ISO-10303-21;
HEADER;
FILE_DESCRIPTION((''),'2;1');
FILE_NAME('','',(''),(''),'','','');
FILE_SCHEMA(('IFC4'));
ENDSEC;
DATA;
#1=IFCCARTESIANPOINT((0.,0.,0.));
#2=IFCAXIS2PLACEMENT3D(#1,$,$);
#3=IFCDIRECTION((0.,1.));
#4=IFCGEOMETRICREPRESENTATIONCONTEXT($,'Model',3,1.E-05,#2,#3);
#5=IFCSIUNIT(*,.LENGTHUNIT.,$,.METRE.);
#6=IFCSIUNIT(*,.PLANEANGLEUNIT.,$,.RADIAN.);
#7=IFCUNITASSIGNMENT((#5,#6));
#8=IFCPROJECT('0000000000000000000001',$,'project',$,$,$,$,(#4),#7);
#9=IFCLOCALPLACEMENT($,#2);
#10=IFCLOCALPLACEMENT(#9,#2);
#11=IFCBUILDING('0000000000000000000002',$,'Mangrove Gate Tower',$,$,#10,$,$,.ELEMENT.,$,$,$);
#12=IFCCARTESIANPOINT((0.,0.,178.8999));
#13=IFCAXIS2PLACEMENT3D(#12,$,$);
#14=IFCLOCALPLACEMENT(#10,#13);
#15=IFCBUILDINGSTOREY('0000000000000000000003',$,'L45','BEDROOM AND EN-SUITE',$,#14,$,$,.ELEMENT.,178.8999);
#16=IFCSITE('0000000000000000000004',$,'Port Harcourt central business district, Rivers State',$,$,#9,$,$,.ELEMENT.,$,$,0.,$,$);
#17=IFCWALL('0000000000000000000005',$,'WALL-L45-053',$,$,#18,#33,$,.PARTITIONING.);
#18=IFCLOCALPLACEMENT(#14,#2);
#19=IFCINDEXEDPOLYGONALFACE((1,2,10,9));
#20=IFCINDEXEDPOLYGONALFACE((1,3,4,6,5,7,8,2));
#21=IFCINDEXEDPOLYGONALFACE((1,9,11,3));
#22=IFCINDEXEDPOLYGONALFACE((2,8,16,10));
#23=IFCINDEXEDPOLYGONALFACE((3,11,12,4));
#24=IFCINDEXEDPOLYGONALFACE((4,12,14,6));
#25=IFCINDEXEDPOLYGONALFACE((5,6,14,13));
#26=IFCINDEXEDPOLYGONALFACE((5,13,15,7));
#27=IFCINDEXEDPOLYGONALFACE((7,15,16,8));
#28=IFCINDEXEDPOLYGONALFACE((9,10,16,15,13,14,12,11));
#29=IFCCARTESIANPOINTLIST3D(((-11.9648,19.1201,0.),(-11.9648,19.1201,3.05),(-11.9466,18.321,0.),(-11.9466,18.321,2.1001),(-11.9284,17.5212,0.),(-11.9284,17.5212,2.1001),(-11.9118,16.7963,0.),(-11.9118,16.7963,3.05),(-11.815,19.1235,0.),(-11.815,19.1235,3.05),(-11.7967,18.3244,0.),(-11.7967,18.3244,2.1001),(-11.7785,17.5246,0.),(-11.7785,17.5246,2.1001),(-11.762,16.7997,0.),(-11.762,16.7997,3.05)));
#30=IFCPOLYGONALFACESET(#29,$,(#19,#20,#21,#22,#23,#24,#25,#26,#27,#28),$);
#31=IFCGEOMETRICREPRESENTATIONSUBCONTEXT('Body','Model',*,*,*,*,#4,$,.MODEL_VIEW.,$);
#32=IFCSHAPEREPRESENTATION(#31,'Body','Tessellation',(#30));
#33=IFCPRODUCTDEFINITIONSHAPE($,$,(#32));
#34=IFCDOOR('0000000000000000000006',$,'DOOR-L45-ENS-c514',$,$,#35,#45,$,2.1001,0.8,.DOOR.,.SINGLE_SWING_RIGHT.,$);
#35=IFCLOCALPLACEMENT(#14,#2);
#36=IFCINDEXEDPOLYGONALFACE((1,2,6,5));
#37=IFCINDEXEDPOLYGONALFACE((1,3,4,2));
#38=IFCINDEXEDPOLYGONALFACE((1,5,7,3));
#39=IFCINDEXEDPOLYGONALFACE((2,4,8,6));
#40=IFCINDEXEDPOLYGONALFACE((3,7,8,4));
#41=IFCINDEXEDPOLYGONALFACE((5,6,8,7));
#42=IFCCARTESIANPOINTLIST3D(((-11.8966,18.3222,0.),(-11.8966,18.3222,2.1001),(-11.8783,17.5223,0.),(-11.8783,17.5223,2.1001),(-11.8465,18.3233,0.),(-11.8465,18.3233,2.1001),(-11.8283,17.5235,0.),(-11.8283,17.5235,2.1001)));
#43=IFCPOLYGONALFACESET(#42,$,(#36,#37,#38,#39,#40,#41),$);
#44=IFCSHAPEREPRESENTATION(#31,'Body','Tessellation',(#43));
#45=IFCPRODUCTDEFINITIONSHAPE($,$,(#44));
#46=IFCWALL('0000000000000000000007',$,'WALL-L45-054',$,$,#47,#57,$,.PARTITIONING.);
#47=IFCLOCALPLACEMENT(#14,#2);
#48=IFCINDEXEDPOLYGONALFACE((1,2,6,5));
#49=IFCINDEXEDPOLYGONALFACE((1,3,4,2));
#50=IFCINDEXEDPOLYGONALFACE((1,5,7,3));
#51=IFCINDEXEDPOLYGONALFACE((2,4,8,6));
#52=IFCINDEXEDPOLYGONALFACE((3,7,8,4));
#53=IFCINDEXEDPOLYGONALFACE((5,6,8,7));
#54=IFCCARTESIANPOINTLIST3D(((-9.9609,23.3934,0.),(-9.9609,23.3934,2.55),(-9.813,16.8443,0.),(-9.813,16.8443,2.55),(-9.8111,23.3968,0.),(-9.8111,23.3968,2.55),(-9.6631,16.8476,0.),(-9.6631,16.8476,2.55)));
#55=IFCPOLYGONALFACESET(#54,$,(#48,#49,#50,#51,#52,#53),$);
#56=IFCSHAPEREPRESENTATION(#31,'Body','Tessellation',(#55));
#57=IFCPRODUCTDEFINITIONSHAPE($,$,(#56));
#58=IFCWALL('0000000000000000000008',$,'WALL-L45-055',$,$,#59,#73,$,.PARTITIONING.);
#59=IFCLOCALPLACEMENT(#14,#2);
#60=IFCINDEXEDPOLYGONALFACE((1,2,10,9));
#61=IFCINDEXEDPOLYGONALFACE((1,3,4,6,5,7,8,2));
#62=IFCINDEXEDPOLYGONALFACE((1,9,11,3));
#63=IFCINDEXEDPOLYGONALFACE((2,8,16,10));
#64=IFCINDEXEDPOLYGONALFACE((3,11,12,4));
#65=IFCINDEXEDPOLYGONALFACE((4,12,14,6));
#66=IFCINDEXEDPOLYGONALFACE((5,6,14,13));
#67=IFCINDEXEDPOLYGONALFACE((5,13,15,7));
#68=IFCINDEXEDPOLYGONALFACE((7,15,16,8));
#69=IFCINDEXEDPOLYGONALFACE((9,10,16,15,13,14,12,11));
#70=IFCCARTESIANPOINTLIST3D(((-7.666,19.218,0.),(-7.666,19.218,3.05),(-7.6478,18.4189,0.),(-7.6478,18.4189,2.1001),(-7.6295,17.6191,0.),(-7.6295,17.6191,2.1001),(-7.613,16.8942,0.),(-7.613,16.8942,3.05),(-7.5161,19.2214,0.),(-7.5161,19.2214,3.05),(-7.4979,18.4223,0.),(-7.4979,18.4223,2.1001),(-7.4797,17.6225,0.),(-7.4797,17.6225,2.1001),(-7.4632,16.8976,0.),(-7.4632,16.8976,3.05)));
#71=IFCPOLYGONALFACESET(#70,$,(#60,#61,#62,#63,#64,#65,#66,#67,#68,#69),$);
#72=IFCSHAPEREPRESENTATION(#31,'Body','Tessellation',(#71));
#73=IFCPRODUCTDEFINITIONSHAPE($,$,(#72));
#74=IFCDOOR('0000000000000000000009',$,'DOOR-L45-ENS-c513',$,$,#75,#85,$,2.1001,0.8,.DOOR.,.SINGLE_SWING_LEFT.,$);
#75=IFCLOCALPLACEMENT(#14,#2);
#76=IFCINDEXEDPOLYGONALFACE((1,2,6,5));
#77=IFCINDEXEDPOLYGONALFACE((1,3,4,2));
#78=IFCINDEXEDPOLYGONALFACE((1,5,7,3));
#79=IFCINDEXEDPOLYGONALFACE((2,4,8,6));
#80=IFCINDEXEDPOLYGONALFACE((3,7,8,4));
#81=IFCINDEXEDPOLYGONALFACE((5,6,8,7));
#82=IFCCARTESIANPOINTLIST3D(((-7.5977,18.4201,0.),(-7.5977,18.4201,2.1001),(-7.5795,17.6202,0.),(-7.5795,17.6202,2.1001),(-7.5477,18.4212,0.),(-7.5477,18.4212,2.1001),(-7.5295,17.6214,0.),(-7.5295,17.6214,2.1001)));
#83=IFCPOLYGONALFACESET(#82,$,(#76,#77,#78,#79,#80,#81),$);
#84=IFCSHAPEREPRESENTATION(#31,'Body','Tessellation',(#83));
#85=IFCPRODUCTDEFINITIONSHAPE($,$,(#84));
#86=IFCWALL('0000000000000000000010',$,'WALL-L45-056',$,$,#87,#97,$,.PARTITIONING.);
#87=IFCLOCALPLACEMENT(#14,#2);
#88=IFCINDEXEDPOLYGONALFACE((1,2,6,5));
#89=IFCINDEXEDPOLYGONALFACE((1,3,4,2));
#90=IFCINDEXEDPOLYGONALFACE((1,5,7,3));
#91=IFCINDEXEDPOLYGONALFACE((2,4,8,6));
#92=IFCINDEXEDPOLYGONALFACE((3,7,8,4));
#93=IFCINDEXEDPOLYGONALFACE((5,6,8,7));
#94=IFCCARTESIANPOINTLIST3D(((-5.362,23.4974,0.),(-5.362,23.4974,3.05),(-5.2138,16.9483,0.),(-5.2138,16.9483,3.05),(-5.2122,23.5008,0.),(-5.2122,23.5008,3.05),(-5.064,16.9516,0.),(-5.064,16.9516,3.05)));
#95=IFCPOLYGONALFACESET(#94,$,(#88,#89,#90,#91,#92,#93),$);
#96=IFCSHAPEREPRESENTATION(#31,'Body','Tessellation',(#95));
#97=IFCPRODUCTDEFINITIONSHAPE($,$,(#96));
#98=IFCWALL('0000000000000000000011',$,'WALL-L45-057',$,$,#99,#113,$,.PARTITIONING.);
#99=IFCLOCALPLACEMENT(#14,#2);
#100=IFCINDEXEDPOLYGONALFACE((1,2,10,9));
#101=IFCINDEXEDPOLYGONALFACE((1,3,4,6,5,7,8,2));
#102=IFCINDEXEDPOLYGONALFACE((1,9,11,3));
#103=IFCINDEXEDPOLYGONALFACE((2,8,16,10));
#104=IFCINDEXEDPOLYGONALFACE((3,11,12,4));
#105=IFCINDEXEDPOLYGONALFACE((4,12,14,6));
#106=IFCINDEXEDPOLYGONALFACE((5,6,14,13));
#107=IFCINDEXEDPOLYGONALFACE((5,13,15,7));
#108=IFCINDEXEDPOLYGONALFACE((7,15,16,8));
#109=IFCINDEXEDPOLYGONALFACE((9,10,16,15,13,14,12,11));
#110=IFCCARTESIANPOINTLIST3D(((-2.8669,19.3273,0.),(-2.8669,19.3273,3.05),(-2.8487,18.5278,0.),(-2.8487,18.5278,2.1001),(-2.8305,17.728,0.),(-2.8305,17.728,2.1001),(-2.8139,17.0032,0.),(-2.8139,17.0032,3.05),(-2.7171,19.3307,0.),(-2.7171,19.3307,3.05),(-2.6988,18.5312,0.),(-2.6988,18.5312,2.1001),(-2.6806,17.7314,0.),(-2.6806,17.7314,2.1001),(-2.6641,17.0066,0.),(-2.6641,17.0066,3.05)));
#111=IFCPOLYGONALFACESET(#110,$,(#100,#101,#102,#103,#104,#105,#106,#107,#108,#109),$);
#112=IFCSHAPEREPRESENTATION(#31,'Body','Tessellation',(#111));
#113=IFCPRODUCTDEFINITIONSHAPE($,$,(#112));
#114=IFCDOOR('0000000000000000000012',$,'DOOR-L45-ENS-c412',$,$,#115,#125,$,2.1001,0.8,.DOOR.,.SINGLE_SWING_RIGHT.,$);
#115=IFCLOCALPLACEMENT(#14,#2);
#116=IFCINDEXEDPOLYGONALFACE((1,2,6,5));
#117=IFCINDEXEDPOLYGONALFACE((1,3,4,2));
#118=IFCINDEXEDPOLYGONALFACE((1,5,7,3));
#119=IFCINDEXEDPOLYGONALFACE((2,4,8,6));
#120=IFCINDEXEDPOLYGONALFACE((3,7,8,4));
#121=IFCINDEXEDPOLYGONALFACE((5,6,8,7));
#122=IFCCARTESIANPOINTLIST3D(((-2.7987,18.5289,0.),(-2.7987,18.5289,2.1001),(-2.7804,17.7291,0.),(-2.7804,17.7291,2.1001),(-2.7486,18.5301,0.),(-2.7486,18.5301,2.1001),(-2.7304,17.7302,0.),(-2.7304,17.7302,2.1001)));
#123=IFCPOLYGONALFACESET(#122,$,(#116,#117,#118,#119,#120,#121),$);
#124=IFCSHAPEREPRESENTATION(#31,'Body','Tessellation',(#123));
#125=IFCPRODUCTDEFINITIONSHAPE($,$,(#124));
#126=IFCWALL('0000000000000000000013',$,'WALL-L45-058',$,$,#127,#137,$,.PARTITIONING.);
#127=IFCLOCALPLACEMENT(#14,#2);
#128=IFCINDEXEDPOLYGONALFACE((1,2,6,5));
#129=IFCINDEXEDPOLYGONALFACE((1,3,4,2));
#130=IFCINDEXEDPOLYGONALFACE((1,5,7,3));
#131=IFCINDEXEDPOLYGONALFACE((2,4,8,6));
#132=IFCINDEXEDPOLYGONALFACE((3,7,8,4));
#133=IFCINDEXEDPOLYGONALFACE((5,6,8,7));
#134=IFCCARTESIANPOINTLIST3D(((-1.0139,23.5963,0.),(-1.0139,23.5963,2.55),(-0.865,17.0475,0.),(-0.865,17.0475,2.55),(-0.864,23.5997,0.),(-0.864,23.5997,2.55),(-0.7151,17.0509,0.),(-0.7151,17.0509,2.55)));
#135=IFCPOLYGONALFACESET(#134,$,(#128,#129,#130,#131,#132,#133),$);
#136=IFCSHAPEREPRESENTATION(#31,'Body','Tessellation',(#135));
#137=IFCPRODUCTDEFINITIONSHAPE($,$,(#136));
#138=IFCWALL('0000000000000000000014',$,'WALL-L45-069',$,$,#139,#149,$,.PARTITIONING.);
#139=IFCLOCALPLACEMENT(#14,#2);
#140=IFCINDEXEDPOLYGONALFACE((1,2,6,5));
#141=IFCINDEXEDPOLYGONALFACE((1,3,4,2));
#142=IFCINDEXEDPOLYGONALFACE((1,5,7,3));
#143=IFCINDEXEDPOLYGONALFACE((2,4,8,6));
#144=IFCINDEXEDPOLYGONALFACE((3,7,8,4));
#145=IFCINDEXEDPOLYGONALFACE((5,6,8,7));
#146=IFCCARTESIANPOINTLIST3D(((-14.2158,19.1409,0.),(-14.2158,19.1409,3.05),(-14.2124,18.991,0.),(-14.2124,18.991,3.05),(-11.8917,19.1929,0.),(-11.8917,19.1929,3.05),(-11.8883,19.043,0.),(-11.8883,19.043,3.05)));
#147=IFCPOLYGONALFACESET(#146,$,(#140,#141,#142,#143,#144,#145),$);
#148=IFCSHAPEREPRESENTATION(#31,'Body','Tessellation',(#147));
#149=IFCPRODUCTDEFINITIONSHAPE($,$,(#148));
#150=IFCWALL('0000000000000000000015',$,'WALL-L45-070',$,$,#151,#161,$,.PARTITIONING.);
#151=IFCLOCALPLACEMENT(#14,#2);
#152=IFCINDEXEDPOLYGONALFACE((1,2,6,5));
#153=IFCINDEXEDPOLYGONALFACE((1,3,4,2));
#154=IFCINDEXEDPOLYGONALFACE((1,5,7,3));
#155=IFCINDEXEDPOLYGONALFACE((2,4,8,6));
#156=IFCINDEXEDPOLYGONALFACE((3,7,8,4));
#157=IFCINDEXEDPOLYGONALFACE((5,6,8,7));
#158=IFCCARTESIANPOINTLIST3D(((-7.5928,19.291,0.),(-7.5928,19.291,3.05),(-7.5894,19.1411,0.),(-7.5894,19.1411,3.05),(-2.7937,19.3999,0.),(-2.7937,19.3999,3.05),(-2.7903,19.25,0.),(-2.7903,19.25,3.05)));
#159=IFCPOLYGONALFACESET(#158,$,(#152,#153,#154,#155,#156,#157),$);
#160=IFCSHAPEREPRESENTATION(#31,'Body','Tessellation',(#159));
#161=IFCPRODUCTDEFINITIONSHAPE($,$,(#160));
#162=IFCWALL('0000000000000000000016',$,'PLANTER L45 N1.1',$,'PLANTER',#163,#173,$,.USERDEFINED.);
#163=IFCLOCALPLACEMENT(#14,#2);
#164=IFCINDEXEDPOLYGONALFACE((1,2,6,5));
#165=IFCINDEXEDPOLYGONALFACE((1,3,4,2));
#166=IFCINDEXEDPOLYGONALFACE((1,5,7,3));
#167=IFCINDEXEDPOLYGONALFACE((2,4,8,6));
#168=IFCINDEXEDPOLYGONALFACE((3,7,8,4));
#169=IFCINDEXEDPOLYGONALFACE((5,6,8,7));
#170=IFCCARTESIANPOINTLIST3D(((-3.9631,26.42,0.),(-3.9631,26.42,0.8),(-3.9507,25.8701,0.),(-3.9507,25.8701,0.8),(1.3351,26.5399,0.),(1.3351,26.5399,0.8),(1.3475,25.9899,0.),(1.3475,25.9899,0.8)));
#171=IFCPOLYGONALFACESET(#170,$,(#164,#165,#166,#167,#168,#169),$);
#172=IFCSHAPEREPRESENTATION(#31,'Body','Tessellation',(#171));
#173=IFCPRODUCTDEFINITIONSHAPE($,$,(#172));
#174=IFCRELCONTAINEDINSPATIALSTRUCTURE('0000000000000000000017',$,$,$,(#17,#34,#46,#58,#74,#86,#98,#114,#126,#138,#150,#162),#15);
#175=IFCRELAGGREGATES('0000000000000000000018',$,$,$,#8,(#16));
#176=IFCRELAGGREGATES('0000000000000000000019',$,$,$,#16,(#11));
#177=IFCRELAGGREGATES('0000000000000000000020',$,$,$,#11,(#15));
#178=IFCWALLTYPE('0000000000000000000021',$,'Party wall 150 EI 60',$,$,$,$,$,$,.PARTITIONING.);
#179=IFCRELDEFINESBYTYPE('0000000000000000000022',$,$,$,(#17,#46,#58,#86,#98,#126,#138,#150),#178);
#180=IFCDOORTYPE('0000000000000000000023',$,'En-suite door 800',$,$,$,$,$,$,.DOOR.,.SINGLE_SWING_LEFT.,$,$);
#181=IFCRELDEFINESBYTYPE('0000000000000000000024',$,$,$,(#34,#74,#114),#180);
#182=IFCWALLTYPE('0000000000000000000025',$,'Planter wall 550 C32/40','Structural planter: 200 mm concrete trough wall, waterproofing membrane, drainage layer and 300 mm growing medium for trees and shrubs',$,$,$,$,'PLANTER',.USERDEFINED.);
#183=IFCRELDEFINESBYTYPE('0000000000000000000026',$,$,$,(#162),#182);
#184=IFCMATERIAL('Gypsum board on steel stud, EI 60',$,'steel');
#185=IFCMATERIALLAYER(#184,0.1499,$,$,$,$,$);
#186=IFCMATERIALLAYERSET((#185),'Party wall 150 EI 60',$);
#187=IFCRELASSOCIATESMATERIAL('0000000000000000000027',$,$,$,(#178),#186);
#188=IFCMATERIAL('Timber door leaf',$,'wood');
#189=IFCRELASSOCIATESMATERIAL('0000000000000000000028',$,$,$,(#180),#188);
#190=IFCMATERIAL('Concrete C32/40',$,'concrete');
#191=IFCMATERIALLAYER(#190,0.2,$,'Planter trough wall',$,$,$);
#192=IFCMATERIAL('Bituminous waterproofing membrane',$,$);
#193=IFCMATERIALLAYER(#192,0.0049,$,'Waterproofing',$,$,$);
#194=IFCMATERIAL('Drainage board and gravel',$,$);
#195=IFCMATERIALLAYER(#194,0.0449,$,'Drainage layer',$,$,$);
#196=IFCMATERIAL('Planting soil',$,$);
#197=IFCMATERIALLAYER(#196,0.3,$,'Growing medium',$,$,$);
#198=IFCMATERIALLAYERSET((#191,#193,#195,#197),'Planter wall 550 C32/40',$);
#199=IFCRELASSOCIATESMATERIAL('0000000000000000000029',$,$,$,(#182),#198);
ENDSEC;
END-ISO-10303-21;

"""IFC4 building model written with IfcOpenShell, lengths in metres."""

from ifc_helpers import new_model, si_unit, direction, frame, frame_2d, origin, place, context, subcontext, project, spatial, rectangle, extrude, material, layer, layer_set, type_object, element, fill, save


model = new_model("IFC4")

# Units and contexts
model_context = context("Model", 3, precision=1e-05, world=origin(), true_north=direction((0.0, 1.0)))
body_context = subcontext(model_context, "Body", "Model", "MODEL_VIEW")
ifc_project = project(units=[si_unit("LENGTHUNIT", "METRE"), si_unit("PLANEANGLEUNIT", "RADIAN")], contexts=[model_context])

# Site, building, storey
site_placement = place(None, origin())
site = spatial("IfcSite", under=ifc_project, at=site_placement, Name="Port Harcourt central business district, Rivers State", CompositionType="ELEMENT", RefElevation=0.0)
building_placement = place(site_placement, origin())
building = spatial("IfcBuilding", under=site, at=building_placement, Name="Mangrove Gate Tower", CompositionType="ELEMENT")
storey_placement = place(building_placement, frame((0.0, 0.0, 178.8999)))
storey = spatial("IfcBuildingStorey", under=building, at=storey_placement, Name="L45", Description="BEDROOM AND EN-SUITE", CompositionType="ELEMENT", Elevation=178.8999)

# Shared definitions
ifc_material_1 = material(Name="Gypsum board on steel stud, EI 60", Category="steel")
ifc_layer_1 = layer(ifc_material_1, 0.1499)
ifc_layer_set_1 = layer_set([ifc_layer_1], Name="Party wall 150 EI 60")
wall_type_1 = type_object("IfcWallType", Name="Party wall 150 EI 60", PredefinedType="PARTITIONING", material=ifc_layer_set_1)

# Wall, opening, door
wall_1_placement = place(storey_placement, frame((-11.8369, 16.7981, 0.0), z_axis=(0.0, 0.0, 1.0), x_axis=(-0.022791, 0.99974, 0.0)))
wall_1 = element("IfcWall", 1, at=wall_1_placement, inside=storey, type_object=wall_type_1, Name="WALL-L45-053", PredefinedType="PARTITIONING", context=body_context, shape_type="SweptSolid", body=[
    extrude(rectangle(XDim=2.3245, YDim=0.1499, at=frame_2d((1.1621, 0.0))), origin(), (0.0, 0.0, 1.0), 3.05),
])
opening_1_placement = place(wall_1_placement, frame((0.7251, 0.0, 0.0)))
opening_1 = element("IfcOpeningElement", 2, at=opening_1_placement, cuts=wall_1, PredefinedType="OPENING", context=body_context, shape_type="SweptSolid", body=[
    extrude(rectangle(XDim=0.8, YDim=2.1001, at=frame_2d((0.3999, 1.05))), frame((0.0, 0.085, 0.0), z_axis=(0.0, -1.0, 0.0), x_axis=(1.0, 0.0, 0.0)), (0.0, 0.0, 1.0), 0.1699),
])
ifc_material_2 = material(Name="Timber door leaf", Category="wood")
door_type_1 = type_object("IfcDoorType", Name="En-suite door 800", OperationType="SINGLE_SWING_LEFT", PredefinedType="DOOR", material=ifc_material_2)
door_1_placement = place(opening_1_placement, origin())
door_1 = element("IfcDoor", 3, at=door_1_placement, inside=storey, type_object=door_type_1, Name="DOOR-L45-ENS-c514", OperationType="SINGLE_SWING_RIGHT", OverallHeight=2.1001, OverallWidth=0.8, PredefinedType="DOOR", context=body_context, shape_type="SweptSolid", body=[
    extrude(rectangle(XDim=0.8, YDim=2.1001, at=frame_2d((0.3999, 1.05))), frame((0.0, 0.0249, 0.0), z_axis=(0.0, -1.0, 0.0), x_axis=(1.0, 0.0, 0.0)), (0.0, 0.0, 1.0), 0.05),
])
fill(opening_1, door_1)

# Wall
wall_2_placement = place(storey_placement, frame((-9.738, 16.8459, 0.0), z_axis=(0.0, 0.0, 1.0), x_axis=(-0.022585, 0.999745, 0.0)))
element("IfcWall", 4, at=wall_2_placement, inside=storey, type_object=wall_type_1, Name="WALL-L45-054", PredefinedType="PARTITIONING", context=body_context, shape_type="SweptSolid", body=[
    extrude(rectangle(XDim=6.5508, YDim=0.1499, at=frame_2d((3.2754, 0.0))), origin(), (0.0, 0.0, 1.0), 2.55),
])

# Wall, opening, door
wall_3_placement = place(storey_placement, frame((-7.5381, 16.896, 0.0), z_axis=(0.0, 0.0, 1.0), x_axis=(-0.022791, 0.99974, 0.0)))
wall_3 = element("IfcWall", 5, at=wall_3_placement, inside=storey, type_object=wall_type_1, Name="WALL-L45-055", PredefinedType="PARTITIONING", context=body_context, shape_type="SweptSolid", body=[
    extrude(rectangle(XDim=2.3245, YDim=0.1499, at=frame_2d((1.1621, 0.0))), origin(), (0.0, 0.0, 1.0), 3.05),
])
opening_2_placement = place(wall_3_placement, frame((0.7251, 0.0, 0.0)))
opening_2 = element("IfcOpeningElement", 6, at=opening_2_placement, cuts=wall_3, PredefinedType="OPENING", context=body_context, shape_type="SweptSolid", body=[
    extrude(rectangle(XDim=0.8, YDim=2.1001, at=frame_2d((0.3999, 1.05))), frame((0.0, 0.085, 0.0), z_axis=(0.0, -1.0, 0.0), x_axis=(1.0, 0.0, 0.0)), (0.0, 0.0, 1.0), 0.1699),
])
door_2_placement = place(opening_2_placement, origin())
door_2 = element("IfcDoor", 7, at=door_2_placement, inside=storey, type_object=door_type_1, Name="DOOR-L45-ENS-c513", OperationType="SINGLE_SWING_LEFT", OverallHeight=2.1001, OverallWidth=0.8, PredefinedType="DOOR", context=body_context, shape_type="SweptSolid", body=[
    extrude(rectangle(XDim=0.8, YDim=2.1001, at=frame_2d((0.3999, 1.05))), frame((0.0, 0.0249, 0.0), z_axis=(0.0, -1.0, 0.0), x_axis=(1.0, 0.0, 0.0)), (0.0, 0.0, 1.0), 0.05),
])
fill(opening_2, door_2)

# Wall
wall_4_placement = place(storey_placement, frame((-5.1389, 16.95, 0.0), z_axis=(0.0, 0.0, 1.0), x_axis=(-0.022622, 0.999744, 0.0)))
element("IfcWall", 8, at=wall_4_placement, inside=storey, type_object=wall_type_1, Name="WALL-L45-056", PredefinedType="PARTITIONING", context=body_context, shape_type="SweptSolid", body=[
    extrude(rectangle(XDim=6.5508, YDim=0.1499, at=frame_2d((3.2754, 0.0))), origin(), (0.0, 0.0, 1.0), 3.05),
])

# Wall, opening, door
wall_5_placement = place(storey_placement, frame((-2.739, 17.0049, 0.0), z_axis=(0.0, 0.0, 1.0), x_axis=(-0.022788, 0.99974, 0.0)))
wall_5 = element("IfcWall", 9, at=wall_5_placement, inside=storey, type_object=wall_type_1, Name="WALL-L45-057", PredefinedType="PARTITIONING", context=body_context, shape_type="SweptSolid", body=[
    extrude(rectangle(XDim=2.3247, YDim=0.1499, at=frame_2d((1.1624, 0.0))), origin(), (0.0, 0.0, 1.0), 3.05),
])
opening_3_placement = place(wall_5_placement, frame((0.7251, 0.0, 0.0)))
opening_3 = element("IfcOpeningElement", 10, at=opening_3_placement, cuts=wall_5, PredefinedType="OPENING", context=body_context, shape_type="SweptSolid", body=[
    extrude(rectangle(XDim=0.8, YDim=2.1001, at=frame_2d((0.3999, 1.05))), frame((0.0, 0.085, 0.0), z_axis=(0.0, -1.0, 0.0), x_axis=(1.0, 0.0, 0.0)), (0.0, 0.0, 1.0), 0.1699),
])
door_3_placement = place(opening_3_placement, origin())
door_3 = element("IfcDoor", 11, at=door_3_placement, inside=storey, type_object=door_type_1, Name="DOOR-L45-ENS-c412", OperationType="SINGLE_SWING_RIGHT", OverallHeight=2.1001, OverallWidth=0.8, PredefinedType="DOOR", context=body_context, shape_type="SweptSolid", body=[
    extrude(rectangle(XDim=0.8, YDim=2.1001, at=frame_2d((0.3999, 1.05))), frame((0.0, 0.0249, 0.0), z_axis=(0.0, -1.0, 0.0), x_axis=(1.0, 0.0, 0.0)), (0.0, 0.0, 1.0), 0.05),
])
fill(opening_3, door_3)

# Walls
wall_6_placement = place(storey_placement, frame((-0.79, 17.0491, 0.0), z_axis=(0.0, 0.0, 1.0), x_axis=(-0.022735, 0.999742, 0.0)))
element("IfcWall", 12, at=wall_6_placement, inside=storey, type_object=wall_type_1, Name="WALL-L45-058", PredefinedType="PARTITIONING", context=body_context, shape_type="SweptSolid", body=[
    extrude(rectangle(XDim=6.5505, YDim=0.1499, at=frame_2d((3.2754, 0.0))), origin(), (0.0, 0.0, 1.0), 2.55),
])
wall_7_placement = place(storey_placement, frame((-14.2141, 19.0659, 0.0), z_axis=(0.0, 0.0, 1.0), x_axis=(0.99975, 0.022368, 0.0)))
element("IfcWall", 13, at=wall_7_placement, inside=storey, type_object=wall_type_1, Name="WALL-L45-069", PredefinedType="PARTITIONING", context=body_context, shape_type="SweptSolid", body=[
    extrude(rectangle(XDim=2.3247, YDim=0.1499, at=frame_2d((1.1624, 0.0))), origin(), (0.0, 0.0, 1.0), 3.05),
])
wall_8_placement = place(storey_placement, frame((-7.5911, 19.2161, 0.0), z_axis=(0.0, 0.0, 1.0), x_axis=(0.999743, 0.022683, 0.0)))
element("IfcWall", 14, at=wall_8_placement, inside=storey, type_object=wall_type_1, Name="WALL-L45-070", PredefinedType="PARTITIONING", context=body_context, shape_type="SweptSolid", body=[
    extrude(rectangle(XDim=4.8003, YDim=0.1499, at=frame_2d((2.4001, 0.0))), origin(), (0.0, 0.0, 1.0), 3.05),
])
ifc_material_3 = material(Name="Concrete C32/40", Category="concrete")
ifc_layer_2 = layer(ifc_material_3, 0.2, Name="Planter trough wall")
ifc_material_4 = material(Name="Bituminous waterproofing membrane")
ifc_layer_3 = layer(ifc_material_4, 0.0049, Name="Waterproofing")
ifc_material_5 = material(Name="Drainage board and gravel")
ifc_layer_4 = layer(ifc_material_5, 0.0449, Name="Drainage layer")
ifc_material_6 = material(Name="Planting soil")
ifc_layer_5 = layer(ifc_material_6, 0.3, Name="Growing medium")
ifc_layer_set_2 = layer_set([ifc_layer_2, ifc_layer_3, ifc_layer_4, ifc_layer_5], Name="Planter wall 550 C32/40")
wall_type_2 = type_object("IfcWallType", Name="Planter wall 550 C32/40", Description="Structural planter: 200 mm concrete trough wall, waterproofing membrane, drainage layer and 300 mm growing medium for trees and shrubs", ElementType="PLANTER", PredefinedType="USERDEFINED", material=ifc_layer_set_2)
wall_9_placement = place(storey_placement, frame((-3.957, 26.145, 0.0), z_axis=(0.0, 0.0, 1.0), x_axis=(0.999744, 0.02262, 0.0)))
element("IfcWall", 15, at=wall_9_placement, inside=storey, type_object=wall_type_2, Name="PLANTER L45 N1.1", ObjectType="PLANTER", PredefinedType="USERDEFINED", context=body_context, shape_type="SweptSolid", body=[
    extrude(rectangle(XDim=5.2996, YDim=0.55, at=frame_2d((2.6499, 0.0))), origin(), (0.0, 0.0, 1.0), 0.8),
])

save(model, "model.ifc")
